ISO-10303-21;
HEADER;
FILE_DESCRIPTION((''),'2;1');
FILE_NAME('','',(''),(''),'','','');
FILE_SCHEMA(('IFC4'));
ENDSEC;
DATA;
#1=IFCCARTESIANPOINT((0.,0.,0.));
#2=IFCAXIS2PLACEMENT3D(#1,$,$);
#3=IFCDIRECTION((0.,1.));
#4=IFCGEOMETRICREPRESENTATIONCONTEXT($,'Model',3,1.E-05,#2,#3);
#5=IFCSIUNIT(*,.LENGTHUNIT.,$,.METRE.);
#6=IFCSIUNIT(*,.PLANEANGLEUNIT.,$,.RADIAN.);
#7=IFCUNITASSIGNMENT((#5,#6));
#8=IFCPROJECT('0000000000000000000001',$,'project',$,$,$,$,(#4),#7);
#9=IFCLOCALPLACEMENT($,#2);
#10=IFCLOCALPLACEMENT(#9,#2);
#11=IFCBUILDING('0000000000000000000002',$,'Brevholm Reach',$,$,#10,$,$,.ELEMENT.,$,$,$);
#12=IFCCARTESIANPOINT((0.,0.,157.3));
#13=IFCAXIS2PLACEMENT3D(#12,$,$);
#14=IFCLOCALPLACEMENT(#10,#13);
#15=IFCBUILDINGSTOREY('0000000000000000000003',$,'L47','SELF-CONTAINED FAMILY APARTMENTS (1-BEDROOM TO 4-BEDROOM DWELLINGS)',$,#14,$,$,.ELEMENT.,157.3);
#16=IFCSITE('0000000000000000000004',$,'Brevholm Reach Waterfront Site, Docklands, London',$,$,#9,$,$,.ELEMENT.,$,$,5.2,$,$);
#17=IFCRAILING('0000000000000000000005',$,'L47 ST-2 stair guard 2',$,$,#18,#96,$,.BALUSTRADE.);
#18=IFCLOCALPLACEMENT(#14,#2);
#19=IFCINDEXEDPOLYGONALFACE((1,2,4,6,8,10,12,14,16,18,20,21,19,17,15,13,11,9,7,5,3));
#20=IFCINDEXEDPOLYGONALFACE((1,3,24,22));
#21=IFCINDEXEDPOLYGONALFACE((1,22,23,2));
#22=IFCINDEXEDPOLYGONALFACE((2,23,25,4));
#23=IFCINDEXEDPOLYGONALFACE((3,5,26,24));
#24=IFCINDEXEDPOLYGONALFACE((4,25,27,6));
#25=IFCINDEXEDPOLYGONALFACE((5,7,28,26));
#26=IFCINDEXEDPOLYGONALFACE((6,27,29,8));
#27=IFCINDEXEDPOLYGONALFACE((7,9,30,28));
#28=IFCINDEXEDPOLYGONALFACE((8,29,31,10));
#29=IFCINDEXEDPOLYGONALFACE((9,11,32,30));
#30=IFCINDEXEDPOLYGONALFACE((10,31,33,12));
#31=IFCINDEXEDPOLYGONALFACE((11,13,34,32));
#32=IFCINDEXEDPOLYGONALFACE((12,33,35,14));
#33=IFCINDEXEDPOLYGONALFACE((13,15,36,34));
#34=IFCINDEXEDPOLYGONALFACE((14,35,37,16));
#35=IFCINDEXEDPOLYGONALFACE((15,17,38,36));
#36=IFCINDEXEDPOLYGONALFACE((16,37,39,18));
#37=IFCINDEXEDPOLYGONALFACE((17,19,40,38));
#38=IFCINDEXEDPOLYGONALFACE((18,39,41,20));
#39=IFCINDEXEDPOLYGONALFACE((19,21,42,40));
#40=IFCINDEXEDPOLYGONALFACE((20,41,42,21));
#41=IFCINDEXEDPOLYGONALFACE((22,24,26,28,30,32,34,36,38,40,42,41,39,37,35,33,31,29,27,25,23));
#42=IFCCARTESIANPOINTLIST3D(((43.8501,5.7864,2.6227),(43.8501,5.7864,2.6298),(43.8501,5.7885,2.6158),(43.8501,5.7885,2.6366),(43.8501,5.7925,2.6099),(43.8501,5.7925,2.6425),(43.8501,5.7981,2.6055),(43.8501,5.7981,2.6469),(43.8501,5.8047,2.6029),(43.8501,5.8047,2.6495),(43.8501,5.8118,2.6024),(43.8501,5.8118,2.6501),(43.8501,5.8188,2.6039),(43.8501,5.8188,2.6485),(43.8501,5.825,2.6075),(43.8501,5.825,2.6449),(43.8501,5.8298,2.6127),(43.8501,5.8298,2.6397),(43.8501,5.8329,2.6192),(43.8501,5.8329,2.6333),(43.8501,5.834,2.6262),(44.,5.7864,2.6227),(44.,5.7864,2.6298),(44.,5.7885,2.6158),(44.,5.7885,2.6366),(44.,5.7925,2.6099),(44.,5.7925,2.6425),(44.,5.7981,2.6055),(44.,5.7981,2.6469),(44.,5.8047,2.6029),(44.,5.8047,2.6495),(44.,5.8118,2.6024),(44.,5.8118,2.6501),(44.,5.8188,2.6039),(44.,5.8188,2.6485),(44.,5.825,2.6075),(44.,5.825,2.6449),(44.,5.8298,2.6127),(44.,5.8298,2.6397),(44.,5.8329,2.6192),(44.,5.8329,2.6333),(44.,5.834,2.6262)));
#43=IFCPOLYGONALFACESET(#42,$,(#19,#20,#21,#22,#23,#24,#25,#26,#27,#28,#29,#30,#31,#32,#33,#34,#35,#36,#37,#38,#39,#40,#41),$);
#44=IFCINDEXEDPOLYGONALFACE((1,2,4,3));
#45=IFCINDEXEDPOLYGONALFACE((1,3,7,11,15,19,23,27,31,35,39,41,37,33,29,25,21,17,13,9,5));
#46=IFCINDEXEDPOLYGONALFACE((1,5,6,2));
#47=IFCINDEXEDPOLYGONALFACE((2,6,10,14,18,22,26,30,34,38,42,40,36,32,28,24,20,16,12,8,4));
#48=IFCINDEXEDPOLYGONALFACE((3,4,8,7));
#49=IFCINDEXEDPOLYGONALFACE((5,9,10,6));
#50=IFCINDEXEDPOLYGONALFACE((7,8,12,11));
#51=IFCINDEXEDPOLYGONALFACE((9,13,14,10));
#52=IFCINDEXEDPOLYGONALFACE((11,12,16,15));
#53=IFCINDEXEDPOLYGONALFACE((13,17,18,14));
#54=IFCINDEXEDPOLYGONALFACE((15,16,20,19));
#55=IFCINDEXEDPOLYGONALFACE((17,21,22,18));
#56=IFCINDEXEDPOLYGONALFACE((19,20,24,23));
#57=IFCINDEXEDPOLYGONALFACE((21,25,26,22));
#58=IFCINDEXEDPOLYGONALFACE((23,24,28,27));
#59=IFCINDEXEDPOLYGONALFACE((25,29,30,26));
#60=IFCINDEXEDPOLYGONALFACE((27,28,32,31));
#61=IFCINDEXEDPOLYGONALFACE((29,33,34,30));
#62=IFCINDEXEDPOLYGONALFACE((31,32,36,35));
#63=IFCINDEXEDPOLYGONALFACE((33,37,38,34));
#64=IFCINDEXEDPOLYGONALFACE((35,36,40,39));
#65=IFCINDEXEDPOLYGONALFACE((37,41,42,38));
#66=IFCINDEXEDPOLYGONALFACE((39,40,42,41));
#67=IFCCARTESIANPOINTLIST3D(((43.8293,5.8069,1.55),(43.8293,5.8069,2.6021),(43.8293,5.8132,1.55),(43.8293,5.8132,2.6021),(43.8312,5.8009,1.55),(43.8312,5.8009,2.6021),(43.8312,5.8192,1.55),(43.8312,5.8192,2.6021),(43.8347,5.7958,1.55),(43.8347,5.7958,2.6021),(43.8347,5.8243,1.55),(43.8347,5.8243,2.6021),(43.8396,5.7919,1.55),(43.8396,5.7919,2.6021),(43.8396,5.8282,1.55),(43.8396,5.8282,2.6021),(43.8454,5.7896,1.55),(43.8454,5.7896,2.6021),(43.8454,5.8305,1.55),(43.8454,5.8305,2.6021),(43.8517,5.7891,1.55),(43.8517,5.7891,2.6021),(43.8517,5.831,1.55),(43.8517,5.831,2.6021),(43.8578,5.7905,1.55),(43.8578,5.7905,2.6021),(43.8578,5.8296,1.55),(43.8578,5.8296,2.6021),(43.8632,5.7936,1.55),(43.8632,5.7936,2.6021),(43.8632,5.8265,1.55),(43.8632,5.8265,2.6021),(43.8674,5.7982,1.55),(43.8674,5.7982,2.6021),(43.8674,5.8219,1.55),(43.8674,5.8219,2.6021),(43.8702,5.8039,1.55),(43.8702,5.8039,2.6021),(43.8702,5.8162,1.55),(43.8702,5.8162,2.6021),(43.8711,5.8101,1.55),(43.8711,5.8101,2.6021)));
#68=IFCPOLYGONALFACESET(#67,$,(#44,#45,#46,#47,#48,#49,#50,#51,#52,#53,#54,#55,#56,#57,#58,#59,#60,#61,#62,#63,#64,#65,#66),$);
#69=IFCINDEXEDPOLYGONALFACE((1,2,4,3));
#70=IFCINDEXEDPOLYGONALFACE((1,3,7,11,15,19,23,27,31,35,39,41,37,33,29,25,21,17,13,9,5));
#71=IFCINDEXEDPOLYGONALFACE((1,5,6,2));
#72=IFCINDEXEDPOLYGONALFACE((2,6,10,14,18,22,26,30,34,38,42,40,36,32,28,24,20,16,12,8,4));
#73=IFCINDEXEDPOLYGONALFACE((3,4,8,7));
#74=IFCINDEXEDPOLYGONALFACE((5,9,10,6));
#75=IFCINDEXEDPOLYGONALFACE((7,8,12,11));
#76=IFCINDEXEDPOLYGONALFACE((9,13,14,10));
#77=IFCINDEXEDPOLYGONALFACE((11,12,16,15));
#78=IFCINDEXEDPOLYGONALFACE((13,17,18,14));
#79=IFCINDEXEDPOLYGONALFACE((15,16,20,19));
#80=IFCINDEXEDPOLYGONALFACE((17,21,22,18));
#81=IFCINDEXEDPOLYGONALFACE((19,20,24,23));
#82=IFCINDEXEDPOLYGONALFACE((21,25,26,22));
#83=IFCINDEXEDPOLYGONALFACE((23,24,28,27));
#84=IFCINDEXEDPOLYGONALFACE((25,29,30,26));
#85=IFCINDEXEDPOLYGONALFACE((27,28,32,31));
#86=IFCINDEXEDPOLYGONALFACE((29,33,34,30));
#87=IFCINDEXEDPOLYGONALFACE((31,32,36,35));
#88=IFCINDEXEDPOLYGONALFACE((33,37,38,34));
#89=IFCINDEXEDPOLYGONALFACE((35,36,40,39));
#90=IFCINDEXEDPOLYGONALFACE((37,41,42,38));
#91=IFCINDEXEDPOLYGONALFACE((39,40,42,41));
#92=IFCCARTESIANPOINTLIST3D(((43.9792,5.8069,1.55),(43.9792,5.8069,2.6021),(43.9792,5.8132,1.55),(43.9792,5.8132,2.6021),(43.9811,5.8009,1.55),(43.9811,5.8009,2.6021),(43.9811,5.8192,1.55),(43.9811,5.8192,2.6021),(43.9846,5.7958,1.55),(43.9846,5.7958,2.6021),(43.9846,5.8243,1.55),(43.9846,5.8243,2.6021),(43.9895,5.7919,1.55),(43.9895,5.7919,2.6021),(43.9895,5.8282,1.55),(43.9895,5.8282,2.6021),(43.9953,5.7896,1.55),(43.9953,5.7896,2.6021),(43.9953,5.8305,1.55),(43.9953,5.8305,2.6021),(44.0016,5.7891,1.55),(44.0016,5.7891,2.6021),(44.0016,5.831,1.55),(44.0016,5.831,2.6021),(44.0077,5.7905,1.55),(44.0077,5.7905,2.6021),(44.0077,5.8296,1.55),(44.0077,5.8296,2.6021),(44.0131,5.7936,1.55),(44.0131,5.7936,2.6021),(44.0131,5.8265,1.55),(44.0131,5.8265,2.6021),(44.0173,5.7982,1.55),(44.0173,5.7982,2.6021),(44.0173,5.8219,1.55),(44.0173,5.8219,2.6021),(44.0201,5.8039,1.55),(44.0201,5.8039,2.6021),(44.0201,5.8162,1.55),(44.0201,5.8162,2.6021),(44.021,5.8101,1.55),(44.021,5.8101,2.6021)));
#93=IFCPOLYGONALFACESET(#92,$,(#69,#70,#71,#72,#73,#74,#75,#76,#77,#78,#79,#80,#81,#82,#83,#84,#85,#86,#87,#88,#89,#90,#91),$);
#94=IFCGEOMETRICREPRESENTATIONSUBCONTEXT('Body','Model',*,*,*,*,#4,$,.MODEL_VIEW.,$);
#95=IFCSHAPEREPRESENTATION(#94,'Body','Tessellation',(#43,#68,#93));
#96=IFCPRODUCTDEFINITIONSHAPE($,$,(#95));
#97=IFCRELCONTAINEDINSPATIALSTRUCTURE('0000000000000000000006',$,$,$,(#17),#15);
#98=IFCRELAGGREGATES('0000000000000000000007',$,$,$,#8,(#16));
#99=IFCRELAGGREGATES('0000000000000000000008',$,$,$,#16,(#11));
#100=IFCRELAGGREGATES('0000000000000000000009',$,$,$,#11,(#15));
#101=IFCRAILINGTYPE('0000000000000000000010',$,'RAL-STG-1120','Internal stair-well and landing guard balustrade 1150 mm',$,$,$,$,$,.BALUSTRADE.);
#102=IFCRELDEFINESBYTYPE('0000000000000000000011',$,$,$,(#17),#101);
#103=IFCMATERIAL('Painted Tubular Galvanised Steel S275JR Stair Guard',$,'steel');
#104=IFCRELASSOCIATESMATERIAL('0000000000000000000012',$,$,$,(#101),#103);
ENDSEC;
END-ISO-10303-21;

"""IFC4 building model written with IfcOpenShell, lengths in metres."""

from ifc_helpers import new_model, si_unit, direction, frame, origin, origin_2d, place, context, subcontext, project, spatial, circle, extrude, material, type_object, element, save


model = new_model("IFC4")

# Units and contexts
model_context = context("Model", 3, precision=1e-05, world=origin(), true_north=direction((0.0, 1.0)))
body_context = subcontext(model_context, "Body", "Model", "MODEL_VIEW")
ifc_project = project(units=[si_unit("LENGTHUNIT", "METRE"), si_unit("PLANEANGLEUNIT", "RADIAN")], contexts=[model_context])

# Site, building, storey
site_placement = place(None, origin())
site = spatial("IfcSite", under=ifc_project, at=site_placement, Name="Brevholm Reach Waterfront Site, Docklands, London", CompositionType="ELEMENT", RefElevation=5.2)
building_placement = place(site_placement, origin())
building = spatial("IfcBuilding", under=site, at=building_placement, Name="Brevholm Reach", CompositionType="ELEMENT")
storey_placement = place(building_placement, frame((0.0, 0.0, 157.3)))
storey = spatial("IfcBuildingStorey", under=building, at=storey_placement, Name="L47", Description="SELF-CONTAINED FAMILY APARTMENTS (1-BEDROOM TO 4-BEDROOM DWELLINGS)", CompositionType="ELEMENT", Elevation=157.3)

# Railing
ifc_material_1 = material(Name="Painted Tubular Galvanised Steel S275JR Stair Guard", Category="steel")
railing_type_1 = type_object("IfcRailingType", Name="RAL-STG-1120", Description="Internal stair-well and landing guard balustrade 1150 mm", PredefinedType="BALUSTRADE", material=ifc_material_1)
railing_1_placement = place(storey_placement, frame((43.8501, 5.8101, 1.55)))
element("IfcRailing", 1, at=railing_1_placement, inside=storey, type_object=railing_type_1, Name="L47 ST-2 stair guard 2", PredefinedType="BALUSTRADE", context=body_context, shape_type="SweptSolid", body=[
    extrude(circle(Radius=0.0239, at=origin_2d()), frame((0.0, 0.0, 1.0762), z_axis=(1.0, 0.0, 0.0), x_axis=(0.0, 1.0, 0.0)), (0.0, 0.0, 1.0), 0.1499),
    extrude(circle(Radius=0.021, at=origin_2d()), origin(), (0.0, 0.0, 1.0), 1.052),
    extrude(circle(Radius=0.021, at=origin_2d()), frame((0.1499, 0.0, 0.0)), (0.0, 0.0, 1.0), 1.052),
])

save(model, "model.ifc")
